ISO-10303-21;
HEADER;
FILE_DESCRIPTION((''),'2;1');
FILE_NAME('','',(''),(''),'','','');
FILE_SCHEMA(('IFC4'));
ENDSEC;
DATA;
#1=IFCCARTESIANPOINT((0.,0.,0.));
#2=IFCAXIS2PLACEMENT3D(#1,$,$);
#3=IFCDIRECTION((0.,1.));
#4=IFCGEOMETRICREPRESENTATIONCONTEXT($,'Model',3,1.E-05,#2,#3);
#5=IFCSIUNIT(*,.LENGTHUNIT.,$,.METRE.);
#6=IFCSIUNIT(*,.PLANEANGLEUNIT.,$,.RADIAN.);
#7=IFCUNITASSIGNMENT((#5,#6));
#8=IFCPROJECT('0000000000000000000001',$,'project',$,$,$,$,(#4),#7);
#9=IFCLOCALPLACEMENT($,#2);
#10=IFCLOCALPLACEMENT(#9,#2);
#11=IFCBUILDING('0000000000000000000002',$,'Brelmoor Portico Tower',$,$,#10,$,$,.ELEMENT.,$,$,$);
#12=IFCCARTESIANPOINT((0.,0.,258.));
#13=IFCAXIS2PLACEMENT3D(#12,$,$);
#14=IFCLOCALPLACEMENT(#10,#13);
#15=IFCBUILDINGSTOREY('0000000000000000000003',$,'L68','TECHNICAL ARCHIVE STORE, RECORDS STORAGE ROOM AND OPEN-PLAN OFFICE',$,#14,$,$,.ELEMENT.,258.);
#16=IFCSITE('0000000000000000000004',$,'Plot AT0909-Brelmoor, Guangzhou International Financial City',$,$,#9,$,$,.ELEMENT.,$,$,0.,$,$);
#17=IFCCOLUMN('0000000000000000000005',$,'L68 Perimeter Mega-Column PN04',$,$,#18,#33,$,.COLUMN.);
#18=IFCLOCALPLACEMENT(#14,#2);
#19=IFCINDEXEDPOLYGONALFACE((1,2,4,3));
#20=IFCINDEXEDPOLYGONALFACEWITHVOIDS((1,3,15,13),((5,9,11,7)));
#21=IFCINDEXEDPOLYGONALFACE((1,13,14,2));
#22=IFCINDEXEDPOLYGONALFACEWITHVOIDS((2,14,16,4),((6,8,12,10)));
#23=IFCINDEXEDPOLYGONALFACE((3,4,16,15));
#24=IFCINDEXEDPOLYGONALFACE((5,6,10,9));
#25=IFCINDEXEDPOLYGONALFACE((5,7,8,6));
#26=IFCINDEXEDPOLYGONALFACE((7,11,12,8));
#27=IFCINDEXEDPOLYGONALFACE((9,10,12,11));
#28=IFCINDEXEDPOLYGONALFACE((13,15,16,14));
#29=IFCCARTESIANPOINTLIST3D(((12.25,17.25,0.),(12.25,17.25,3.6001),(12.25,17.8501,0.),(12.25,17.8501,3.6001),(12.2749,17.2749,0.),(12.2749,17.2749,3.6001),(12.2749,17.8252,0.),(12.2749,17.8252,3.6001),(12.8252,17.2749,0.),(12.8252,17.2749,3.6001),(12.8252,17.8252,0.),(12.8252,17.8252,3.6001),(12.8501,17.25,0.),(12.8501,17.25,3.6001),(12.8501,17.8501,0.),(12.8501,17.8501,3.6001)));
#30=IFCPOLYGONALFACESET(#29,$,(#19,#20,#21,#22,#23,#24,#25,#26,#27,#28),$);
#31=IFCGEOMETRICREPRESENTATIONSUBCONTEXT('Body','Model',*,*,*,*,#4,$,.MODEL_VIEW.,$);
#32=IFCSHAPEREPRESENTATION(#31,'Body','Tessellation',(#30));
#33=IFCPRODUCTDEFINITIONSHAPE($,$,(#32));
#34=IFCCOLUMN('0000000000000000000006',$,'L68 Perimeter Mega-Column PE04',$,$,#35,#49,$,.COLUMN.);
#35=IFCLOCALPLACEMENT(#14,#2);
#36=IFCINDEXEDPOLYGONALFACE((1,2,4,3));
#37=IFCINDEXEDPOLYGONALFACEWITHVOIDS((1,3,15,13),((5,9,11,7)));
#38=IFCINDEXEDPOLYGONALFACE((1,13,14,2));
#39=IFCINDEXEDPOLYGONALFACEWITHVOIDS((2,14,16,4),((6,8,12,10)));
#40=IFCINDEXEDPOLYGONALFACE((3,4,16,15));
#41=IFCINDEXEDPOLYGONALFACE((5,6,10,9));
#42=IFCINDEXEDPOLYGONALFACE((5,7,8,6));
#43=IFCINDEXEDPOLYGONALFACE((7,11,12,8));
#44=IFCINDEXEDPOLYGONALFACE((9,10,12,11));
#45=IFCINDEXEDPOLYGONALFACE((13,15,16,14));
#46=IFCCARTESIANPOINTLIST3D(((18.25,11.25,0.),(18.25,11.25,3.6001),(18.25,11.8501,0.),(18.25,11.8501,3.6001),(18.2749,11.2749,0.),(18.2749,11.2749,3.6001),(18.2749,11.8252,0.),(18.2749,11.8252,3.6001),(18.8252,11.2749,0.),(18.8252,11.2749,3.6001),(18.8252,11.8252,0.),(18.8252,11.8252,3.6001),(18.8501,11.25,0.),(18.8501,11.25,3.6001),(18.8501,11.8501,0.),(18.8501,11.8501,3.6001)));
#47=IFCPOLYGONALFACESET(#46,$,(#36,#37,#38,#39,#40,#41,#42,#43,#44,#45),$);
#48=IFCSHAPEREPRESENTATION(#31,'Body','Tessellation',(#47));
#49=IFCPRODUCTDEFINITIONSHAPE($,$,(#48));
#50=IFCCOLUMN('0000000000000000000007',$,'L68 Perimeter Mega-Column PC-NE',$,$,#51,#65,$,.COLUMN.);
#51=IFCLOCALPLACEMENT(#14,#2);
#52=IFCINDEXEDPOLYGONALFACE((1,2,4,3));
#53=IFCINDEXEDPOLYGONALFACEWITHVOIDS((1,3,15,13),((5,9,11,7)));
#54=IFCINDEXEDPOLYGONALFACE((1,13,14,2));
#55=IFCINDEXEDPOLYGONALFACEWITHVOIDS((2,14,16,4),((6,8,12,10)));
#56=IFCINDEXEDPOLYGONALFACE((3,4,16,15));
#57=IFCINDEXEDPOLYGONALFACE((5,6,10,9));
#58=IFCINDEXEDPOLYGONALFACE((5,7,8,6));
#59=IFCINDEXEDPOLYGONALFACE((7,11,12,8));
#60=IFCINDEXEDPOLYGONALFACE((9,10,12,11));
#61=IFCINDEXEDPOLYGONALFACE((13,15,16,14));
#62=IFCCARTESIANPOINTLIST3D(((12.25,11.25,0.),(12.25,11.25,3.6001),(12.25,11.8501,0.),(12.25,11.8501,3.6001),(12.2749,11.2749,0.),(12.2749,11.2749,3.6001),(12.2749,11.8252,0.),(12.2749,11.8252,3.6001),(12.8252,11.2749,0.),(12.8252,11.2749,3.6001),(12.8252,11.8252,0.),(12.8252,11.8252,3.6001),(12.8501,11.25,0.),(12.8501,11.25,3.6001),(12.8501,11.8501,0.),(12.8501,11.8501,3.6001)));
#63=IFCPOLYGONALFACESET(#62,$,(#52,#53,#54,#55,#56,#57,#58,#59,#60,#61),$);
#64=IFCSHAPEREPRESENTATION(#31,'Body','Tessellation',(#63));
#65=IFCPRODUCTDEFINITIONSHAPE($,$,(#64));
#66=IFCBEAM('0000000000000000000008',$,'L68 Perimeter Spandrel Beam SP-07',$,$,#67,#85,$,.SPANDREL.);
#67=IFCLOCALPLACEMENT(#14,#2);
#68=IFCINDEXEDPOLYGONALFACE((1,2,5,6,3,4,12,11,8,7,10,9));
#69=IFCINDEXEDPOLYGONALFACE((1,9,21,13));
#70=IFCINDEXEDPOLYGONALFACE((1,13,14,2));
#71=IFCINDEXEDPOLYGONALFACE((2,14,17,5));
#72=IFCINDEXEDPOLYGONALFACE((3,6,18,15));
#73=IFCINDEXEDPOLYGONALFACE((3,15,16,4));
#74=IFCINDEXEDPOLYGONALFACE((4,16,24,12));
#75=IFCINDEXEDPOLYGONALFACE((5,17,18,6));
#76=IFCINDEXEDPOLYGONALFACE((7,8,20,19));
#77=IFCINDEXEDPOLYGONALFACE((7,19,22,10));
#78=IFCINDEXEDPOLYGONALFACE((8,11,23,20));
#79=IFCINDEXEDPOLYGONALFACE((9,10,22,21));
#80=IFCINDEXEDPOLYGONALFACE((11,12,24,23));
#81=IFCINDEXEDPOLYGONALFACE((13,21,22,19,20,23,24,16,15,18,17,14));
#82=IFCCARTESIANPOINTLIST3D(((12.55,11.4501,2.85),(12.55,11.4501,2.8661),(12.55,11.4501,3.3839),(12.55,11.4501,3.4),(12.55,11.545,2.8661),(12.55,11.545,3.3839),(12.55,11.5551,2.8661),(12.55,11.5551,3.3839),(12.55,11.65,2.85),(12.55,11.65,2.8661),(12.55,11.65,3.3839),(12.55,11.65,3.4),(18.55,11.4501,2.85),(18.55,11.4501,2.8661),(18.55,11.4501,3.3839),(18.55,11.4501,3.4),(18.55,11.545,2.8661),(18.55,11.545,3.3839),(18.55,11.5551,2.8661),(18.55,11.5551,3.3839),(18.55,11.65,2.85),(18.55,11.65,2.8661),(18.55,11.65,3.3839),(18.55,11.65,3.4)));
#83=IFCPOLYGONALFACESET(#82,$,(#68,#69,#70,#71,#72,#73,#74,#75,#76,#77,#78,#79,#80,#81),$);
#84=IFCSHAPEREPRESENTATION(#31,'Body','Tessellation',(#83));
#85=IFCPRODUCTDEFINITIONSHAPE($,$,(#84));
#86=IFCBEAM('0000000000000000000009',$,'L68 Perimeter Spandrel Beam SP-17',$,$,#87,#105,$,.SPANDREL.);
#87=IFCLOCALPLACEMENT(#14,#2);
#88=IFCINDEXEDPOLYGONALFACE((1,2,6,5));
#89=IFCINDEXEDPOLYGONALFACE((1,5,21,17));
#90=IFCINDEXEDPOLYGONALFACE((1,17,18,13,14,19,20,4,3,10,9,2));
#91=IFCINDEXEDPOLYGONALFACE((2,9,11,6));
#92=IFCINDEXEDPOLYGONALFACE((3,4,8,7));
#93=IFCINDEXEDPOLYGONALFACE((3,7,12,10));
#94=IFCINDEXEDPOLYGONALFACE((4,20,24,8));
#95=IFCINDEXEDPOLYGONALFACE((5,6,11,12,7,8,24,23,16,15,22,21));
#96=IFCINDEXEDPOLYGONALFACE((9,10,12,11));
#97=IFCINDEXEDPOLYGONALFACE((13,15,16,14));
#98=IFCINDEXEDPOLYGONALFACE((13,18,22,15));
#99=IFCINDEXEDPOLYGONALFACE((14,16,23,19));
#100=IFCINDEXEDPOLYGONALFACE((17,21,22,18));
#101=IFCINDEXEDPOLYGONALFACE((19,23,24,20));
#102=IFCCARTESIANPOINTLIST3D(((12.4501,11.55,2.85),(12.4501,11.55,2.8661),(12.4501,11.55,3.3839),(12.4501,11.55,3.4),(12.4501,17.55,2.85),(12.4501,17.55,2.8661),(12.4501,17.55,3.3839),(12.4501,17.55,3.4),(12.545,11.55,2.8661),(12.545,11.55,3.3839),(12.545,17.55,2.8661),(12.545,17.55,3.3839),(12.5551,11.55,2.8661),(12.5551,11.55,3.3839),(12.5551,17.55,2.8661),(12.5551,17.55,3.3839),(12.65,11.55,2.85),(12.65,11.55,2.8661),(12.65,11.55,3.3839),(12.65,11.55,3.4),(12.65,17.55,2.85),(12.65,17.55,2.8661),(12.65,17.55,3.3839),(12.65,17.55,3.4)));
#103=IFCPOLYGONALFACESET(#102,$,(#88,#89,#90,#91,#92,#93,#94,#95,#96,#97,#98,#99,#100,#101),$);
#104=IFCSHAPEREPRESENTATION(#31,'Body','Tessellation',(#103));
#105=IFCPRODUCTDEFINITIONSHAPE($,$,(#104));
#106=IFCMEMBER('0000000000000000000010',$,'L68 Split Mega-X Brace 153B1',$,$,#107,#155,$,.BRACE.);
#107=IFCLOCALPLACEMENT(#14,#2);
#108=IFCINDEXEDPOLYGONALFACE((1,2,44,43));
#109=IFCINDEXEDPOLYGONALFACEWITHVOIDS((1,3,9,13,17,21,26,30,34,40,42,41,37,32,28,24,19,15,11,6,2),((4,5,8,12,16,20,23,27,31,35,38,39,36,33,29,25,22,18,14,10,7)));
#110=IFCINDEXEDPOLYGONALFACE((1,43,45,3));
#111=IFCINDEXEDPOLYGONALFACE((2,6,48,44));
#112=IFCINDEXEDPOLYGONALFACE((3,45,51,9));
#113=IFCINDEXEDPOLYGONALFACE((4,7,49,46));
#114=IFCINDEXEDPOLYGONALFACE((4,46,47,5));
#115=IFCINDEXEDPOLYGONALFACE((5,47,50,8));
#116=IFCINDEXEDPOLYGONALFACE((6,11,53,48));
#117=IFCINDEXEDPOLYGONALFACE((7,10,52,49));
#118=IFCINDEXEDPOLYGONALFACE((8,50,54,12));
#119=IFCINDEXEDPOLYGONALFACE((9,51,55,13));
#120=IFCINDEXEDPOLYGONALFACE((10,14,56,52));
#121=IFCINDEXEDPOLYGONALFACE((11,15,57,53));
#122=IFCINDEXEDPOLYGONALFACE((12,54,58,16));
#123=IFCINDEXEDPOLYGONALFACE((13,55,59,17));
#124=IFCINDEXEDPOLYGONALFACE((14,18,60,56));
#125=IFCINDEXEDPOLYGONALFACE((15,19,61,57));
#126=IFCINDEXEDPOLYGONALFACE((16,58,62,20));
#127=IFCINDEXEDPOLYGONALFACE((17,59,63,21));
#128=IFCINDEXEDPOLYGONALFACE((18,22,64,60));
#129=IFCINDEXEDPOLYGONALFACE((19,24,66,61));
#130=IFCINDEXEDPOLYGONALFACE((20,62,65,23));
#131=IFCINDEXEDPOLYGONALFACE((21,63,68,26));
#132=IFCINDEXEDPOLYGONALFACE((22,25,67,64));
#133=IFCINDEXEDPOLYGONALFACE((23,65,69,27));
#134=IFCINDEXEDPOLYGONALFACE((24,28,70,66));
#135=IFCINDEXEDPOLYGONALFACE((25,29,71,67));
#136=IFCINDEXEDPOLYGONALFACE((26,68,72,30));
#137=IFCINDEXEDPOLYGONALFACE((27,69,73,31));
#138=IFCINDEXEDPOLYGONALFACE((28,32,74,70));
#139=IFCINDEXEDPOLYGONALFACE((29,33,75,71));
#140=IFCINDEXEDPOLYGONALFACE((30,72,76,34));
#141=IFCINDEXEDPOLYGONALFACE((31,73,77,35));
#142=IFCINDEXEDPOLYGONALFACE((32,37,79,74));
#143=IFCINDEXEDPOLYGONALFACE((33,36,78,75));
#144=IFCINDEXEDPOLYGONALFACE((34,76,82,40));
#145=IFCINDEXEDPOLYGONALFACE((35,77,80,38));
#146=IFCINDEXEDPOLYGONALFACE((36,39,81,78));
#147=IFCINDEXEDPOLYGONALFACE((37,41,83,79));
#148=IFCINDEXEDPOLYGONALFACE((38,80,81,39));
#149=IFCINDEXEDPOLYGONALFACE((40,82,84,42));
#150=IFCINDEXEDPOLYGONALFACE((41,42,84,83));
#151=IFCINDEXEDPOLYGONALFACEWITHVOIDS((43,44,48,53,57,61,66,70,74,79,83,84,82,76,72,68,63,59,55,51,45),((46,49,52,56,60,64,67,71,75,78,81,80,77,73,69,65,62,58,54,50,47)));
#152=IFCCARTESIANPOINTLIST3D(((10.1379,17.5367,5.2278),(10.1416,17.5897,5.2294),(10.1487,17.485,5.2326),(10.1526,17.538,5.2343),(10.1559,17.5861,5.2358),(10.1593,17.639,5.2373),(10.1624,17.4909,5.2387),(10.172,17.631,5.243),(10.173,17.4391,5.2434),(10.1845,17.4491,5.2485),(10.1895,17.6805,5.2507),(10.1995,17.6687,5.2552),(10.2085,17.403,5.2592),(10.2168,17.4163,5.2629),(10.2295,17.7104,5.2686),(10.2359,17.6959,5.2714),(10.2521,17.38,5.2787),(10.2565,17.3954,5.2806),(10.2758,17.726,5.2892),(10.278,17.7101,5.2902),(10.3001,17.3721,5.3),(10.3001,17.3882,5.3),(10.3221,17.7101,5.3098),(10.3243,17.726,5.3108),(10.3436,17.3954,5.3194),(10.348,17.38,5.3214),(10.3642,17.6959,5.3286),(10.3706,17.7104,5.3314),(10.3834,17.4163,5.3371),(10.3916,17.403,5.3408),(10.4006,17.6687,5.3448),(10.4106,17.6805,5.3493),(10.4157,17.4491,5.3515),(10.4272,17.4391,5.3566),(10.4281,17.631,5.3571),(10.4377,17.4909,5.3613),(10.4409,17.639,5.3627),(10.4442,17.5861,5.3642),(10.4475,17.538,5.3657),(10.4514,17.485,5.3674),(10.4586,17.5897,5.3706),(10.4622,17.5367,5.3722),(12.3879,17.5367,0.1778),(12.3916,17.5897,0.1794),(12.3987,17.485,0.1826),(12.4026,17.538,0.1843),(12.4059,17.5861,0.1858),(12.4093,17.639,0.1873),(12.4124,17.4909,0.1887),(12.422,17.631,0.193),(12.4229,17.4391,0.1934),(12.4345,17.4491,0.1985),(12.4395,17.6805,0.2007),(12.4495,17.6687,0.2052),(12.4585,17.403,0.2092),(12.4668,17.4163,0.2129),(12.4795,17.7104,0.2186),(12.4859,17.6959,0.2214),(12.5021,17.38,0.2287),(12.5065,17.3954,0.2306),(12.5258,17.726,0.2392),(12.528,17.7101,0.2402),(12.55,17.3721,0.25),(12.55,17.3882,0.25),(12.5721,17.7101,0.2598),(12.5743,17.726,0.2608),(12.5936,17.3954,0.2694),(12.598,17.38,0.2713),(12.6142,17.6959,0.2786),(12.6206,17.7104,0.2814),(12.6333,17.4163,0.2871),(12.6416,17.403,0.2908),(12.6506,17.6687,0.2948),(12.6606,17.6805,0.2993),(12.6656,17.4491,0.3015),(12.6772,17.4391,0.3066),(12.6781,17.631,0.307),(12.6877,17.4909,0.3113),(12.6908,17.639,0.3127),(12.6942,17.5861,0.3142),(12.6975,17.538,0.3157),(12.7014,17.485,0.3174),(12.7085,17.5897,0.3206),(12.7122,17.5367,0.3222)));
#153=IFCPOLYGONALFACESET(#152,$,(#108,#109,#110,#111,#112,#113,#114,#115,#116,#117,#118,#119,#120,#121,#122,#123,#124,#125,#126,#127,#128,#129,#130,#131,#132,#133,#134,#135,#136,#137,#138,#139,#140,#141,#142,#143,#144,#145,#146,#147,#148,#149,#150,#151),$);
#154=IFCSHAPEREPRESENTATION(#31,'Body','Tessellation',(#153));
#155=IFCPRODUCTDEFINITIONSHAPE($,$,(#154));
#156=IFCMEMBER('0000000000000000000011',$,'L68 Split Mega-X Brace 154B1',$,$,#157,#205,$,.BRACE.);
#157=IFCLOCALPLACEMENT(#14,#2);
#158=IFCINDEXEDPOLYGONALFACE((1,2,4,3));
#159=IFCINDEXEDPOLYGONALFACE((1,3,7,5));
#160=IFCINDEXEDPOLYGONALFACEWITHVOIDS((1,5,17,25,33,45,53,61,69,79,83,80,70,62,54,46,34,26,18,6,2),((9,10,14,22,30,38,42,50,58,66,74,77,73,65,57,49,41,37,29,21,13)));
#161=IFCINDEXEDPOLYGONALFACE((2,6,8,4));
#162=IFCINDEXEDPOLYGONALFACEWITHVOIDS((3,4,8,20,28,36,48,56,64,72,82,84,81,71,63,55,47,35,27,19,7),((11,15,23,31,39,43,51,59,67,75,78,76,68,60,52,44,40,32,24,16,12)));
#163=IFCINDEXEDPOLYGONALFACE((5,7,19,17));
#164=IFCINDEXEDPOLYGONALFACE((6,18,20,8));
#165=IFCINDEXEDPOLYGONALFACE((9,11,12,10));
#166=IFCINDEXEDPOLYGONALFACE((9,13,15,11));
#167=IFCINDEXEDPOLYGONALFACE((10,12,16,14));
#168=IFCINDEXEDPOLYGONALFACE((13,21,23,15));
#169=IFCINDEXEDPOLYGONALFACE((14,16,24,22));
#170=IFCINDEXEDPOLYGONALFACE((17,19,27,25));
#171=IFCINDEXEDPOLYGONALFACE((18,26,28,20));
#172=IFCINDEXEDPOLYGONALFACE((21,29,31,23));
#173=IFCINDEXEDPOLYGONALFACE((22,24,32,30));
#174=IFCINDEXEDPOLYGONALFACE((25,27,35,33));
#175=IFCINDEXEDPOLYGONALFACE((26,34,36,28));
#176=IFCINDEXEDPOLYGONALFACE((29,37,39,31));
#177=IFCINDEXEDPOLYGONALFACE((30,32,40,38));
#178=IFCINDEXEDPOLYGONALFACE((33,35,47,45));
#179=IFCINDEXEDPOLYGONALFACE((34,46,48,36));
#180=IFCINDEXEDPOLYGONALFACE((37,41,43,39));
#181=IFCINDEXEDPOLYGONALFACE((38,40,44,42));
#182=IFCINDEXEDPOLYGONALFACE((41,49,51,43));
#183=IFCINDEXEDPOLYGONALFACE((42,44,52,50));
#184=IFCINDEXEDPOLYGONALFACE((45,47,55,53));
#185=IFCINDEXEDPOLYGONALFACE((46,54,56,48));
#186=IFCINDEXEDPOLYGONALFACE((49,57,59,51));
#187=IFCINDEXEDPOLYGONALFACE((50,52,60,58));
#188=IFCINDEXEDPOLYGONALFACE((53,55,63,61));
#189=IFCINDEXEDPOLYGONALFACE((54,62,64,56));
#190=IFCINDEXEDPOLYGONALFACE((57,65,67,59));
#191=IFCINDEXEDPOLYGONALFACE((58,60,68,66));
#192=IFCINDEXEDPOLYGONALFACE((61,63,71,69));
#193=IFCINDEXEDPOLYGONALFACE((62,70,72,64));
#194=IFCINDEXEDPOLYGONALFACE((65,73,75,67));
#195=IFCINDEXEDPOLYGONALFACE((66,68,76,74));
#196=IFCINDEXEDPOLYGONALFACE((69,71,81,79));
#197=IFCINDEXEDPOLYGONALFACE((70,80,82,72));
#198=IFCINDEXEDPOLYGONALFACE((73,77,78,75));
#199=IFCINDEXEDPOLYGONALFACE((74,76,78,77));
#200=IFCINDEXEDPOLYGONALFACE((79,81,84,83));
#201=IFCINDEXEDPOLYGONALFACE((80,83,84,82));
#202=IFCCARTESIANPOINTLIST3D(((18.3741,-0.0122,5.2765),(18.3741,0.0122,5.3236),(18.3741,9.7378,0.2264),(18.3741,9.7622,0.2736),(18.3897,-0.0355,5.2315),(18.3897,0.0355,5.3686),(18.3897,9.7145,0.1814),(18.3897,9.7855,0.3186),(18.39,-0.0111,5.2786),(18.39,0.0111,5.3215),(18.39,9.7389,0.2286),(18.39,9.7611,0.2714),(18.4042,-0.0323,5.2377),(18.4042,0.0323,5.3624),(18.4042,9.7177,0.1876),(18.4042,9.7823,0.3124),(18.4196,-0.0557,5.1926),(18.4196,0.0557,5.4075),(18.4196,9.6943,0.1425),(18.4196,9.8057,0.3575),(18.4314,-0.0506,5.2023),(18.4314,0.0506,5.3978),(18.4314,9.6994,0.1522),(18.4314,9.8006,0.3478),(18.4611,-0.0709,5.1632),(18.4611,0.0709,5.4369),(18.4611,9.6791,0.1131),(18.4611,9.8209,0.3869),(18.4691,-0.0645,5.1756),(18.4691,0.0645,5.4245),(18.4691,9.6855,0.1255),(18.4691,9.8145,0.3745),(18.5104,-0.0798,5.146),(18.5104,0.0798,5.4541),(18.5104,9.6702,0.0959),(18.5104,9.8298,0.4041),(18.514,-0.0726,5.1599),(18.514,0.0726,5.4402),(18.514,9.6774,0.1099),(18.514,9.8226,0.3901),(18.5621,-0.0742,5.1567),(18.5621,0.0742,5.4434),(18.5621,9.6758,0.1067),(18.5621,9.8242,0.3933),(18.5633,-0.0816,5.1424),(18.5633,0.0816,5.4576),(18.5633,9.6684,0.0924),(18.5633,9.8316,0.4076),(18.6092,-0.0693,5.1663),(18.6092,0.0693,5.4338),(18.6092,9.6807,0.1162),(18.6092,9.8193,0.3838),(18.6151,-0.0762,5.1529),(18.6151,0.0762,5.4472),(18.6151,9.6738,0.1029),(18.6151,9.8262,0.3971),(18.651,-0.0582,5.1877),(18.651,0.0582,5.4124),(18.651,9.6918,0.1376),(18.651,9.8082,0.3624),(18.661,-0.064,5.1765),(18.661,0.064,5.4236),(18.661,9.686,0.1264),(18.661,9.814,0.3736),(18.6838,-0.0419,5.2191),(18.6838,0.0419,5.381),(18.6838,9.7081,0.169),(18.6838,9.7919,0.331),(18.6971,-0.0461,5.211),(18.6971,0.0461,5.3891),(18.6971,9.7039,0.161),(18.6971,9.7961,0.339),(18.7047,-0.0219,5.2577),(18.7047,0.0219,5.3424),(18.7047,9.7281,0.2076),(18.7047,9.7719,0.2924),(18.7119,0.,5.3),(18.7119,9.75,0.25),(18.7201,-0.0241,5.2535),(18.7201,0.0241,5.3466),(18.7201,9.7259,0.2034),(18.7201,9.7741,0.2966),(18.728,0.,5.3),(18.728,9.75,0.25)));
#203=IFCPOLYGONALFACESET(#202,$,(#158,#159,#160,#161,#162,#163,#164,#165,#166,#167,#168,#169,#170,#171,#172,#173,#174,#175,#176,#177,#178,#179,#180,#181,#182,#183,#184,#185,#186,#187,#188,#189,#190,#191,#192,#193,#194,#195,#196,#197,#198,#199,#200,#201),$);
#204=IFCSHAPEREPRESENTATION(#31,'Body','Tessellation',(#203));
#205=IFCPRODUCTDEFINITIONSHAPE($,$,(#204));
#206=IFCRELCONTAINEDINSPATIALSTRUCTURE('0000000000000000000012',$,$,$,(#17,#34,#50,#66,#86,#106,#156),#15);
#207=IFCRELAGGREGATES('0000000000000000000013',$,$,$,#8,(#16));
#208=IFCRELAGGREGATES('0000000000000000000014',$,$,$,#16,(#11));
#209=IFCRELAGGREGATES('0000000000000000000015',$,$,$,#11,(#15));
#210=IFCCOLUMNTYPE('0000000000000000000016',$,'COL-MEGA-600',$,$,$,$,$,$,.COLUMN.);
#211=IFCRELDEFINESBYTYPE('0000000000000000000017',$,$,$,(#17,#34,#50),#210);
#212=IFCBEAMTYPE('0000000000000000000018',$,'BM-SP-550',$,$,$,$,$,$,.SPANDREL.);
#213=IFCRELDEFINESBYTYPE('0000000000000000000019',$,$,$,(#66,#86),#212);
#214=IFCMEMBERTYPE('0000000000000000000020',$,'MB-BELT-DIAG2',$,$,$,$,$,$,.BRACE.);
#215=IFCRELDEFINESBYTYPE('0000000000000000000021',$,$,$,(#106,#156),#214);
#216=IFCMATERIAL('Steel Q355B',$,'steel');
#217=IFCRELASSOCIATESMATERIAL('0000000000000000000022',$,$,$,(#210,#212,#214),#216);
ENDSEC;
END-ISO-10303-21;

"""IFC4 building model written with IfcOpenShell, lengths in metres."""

from ifc_helpers import new_model, si_unit, direction, frame, origin, origin_2d, place, context, subcontext, project, spatial, hollow_rectangle, hollow_circle, i_section, extrude, material, material_profile, profile_set, type_object, element, save


model = new_model("IFC4")

# Units and contexts
model_context = context("Model", 3, precision=1e-05, world=origin(), true_north=direction((0.0, 1.0)))
body_context = subcontext(model_context, "Body", "Model", "MODEL_VIEW")
ifc_project = project(units=[si_unit("LENGTHUNIT", "METRE"), si_unit("PLANEANGLEUNIT", "RADIAN")], contexts=[model_context])

# Site, building, storey
site_placement = place(None, origin())
site = spatial("IfcSite", under=ifc_project, at=site_placement, Name="Plot AT0909-Brelmoor, Guangzhou International Financial City", CompositionType="ELEMENT", RefElevation=0.0)
building_placement = place(site_placement, origin())
building = spatial("IfcBuilding", under=site, at=building_placement, Name="Brelmoor Portico Tower", CompositionType="ELEMENT")
storey_placement = place(building_placement, frame((0.0, 0.0, 258.0)))
storey = spatial("IfcBuildingStorey", under=building, at=storey_placement, Name="L68", Description="TECHNICAL ARCHIVE STORE, RECORDS STORAGE ROOM AND OPEN-PLAN OFFICE", CompositionType="ELEMENT", Elevation=258.0)

# Columns
ifc_material_1 = material(Name="Steel Q355B", Category="steel")
ifc_material_profile_1 = material_profile(ifc_material_1, hollow_rectangle(XDim=0.6001, YDim=0.6001, WallThickness=0.0249, at=origin_2d()), Name="BOX 600x600x25")
ifc_profile_set_1 = profile_set([ifc_material_profile_1], Name="Steel Q355B")
column_type = type_object("IfcColumnType", Name="COL-MEGA-600", PredefinedType="COLUMN", material=ifc_profile_set_1)
for number, where, z_axis, x_axis, name in (
    (1, (12.55, 17.55, 0.0), (0.0, 0.0, 1.0), (1.0, 0.0, 0.0), "L68 Perimeter Mega-Column PN04"),
    (2, (18.55, 11.55, 0.0), (0.0, 0.0, 1.0), (0.0, 1.0, 0.0), "L68 Perimeter Mega-Column PE04"),
    (3, (12.55, 11.55, 0.0), (0.0, 0.0, 1.0), (1.0, 0.0, 0.0), "L68 Perimeter Mega-Column PC-NE"),
):
    element("IfcColumn", number, at=place(storey_placement, frame(where, z_axis=z_axis, x_axis=x_axis)), inside=storey, type_object=column_type, Name=name, PredefinedType="COLUMN", context=body_context, shape_type="SweptSolid", body=[
        extrude(hollow_rectangle(XDim=0.6001, YDim=0.6001, WallThickness=0.0249, at=origin_2d()), origin(), (0.0, 0.0, 1.0), 3.6001),
    ])

# Beams
ifc_material_profile_2 = material_profile(ifc_material_1, i_section(OverallWidth=0.2, OverallDepth=0.55, WebThickness=0.01, FlangeThickness=0.0161, at=origin_2d()), Name="HN 550x200x10x16")
ifc_profile_set_2 = profile_set([ifc_material_profile_2], Name="Steel Q355B")
beam_type = type_object("IfcBeamType", Name="BM-SP-550", PredefinedType="SPANDREL", material=ifc_profile_set_2)
for number, where, z_axis, x_axis, name in (
    (4, (12.55, 11.55, 3.125), (1.0, 0.0, 0.0), (0.0, 1.0, 0.0), "L68 Perimeter Spandrel Beam SP-07"),
    (5, (12.55, 11.55, 3.125), (0.0, 1.0, 0.0), (-1.0, 0.0, 0.0), "L68 Perimeter Spandrel Beam SP-17"),
):
    element("IfcBeam", number, at=place(storey_placement, frame(where, z_axis=z_axis, x_axis=x_axis)), inside=storey, type_object=beam_type, Name=name, PredefinedType="SPANDREL", context=body_context, shape_type="SweptSolid", body=[
        extrude(i_section(OverallWidth=0.2, OverallDepth=0.55, WebThickness=0.01, FlangeThickness=0.0161, at=origin_2d()), origin(), (0.0, 0.0, 1.0), 6.0),
    ])

# Members
ifc_material_profile_3 = material_profile(ifc_material_1, hollow_circle(Radius=0.178, WallThickness=0.0161, at=origin_2d()), Name="CHS 356x16")
ifc_profile_set_3 = profile_set([ifc_material_profile_3], Name="Steel Q355B")
member_type_1 = type_object("IfcMemberType", Name="MB-BELT-DIAG2", PredefinedType="BRACE", material=ifc_profile_set_3)
member_1_placement = place(storey_placement, frame((12.55, 17.55, 0.25), z_axis=(-0.406974, 0.0, 0.91344), x_axis=(0.0, -1.0, 0.0)))
element("IfcMember", 6, at=member_1_placement, inside=storey, type_object=member_type_1, Name="L68 Split Mega-X Brace 153B1", PredefinedType="BRACE", context=body_context, shape_type="SweptSolid", body=[
    extrude(hollow_circle(Radius=0.178, WallThickness=0.0161, at=origin_2d()), origin(), (0.0, 0.0, 1.0), 5.5286),
])
member_2_placement = place(storey_placement, frame((18.55, 9.75, 0.25), z_axis=(0.0, -0.887959, 0.459922), x_axis=(1.0, 0.0, 0.0)))
element("IfcMember", 7, at=member_2_placement, inside=storey, type_object=member_type_1, Name="L68 Split Mega-X Brace 154B1", PredefinedType="BRACE", context=body_context, shape_type="SweptSolid", body=[
    extrude(hollow_circle(Radius=0.178, WallThickness=0.0161, at=origin_2d()), origin(), (0.0, 0.0, 1.0), 10.9802),
])

save(model, "model.ifc")
